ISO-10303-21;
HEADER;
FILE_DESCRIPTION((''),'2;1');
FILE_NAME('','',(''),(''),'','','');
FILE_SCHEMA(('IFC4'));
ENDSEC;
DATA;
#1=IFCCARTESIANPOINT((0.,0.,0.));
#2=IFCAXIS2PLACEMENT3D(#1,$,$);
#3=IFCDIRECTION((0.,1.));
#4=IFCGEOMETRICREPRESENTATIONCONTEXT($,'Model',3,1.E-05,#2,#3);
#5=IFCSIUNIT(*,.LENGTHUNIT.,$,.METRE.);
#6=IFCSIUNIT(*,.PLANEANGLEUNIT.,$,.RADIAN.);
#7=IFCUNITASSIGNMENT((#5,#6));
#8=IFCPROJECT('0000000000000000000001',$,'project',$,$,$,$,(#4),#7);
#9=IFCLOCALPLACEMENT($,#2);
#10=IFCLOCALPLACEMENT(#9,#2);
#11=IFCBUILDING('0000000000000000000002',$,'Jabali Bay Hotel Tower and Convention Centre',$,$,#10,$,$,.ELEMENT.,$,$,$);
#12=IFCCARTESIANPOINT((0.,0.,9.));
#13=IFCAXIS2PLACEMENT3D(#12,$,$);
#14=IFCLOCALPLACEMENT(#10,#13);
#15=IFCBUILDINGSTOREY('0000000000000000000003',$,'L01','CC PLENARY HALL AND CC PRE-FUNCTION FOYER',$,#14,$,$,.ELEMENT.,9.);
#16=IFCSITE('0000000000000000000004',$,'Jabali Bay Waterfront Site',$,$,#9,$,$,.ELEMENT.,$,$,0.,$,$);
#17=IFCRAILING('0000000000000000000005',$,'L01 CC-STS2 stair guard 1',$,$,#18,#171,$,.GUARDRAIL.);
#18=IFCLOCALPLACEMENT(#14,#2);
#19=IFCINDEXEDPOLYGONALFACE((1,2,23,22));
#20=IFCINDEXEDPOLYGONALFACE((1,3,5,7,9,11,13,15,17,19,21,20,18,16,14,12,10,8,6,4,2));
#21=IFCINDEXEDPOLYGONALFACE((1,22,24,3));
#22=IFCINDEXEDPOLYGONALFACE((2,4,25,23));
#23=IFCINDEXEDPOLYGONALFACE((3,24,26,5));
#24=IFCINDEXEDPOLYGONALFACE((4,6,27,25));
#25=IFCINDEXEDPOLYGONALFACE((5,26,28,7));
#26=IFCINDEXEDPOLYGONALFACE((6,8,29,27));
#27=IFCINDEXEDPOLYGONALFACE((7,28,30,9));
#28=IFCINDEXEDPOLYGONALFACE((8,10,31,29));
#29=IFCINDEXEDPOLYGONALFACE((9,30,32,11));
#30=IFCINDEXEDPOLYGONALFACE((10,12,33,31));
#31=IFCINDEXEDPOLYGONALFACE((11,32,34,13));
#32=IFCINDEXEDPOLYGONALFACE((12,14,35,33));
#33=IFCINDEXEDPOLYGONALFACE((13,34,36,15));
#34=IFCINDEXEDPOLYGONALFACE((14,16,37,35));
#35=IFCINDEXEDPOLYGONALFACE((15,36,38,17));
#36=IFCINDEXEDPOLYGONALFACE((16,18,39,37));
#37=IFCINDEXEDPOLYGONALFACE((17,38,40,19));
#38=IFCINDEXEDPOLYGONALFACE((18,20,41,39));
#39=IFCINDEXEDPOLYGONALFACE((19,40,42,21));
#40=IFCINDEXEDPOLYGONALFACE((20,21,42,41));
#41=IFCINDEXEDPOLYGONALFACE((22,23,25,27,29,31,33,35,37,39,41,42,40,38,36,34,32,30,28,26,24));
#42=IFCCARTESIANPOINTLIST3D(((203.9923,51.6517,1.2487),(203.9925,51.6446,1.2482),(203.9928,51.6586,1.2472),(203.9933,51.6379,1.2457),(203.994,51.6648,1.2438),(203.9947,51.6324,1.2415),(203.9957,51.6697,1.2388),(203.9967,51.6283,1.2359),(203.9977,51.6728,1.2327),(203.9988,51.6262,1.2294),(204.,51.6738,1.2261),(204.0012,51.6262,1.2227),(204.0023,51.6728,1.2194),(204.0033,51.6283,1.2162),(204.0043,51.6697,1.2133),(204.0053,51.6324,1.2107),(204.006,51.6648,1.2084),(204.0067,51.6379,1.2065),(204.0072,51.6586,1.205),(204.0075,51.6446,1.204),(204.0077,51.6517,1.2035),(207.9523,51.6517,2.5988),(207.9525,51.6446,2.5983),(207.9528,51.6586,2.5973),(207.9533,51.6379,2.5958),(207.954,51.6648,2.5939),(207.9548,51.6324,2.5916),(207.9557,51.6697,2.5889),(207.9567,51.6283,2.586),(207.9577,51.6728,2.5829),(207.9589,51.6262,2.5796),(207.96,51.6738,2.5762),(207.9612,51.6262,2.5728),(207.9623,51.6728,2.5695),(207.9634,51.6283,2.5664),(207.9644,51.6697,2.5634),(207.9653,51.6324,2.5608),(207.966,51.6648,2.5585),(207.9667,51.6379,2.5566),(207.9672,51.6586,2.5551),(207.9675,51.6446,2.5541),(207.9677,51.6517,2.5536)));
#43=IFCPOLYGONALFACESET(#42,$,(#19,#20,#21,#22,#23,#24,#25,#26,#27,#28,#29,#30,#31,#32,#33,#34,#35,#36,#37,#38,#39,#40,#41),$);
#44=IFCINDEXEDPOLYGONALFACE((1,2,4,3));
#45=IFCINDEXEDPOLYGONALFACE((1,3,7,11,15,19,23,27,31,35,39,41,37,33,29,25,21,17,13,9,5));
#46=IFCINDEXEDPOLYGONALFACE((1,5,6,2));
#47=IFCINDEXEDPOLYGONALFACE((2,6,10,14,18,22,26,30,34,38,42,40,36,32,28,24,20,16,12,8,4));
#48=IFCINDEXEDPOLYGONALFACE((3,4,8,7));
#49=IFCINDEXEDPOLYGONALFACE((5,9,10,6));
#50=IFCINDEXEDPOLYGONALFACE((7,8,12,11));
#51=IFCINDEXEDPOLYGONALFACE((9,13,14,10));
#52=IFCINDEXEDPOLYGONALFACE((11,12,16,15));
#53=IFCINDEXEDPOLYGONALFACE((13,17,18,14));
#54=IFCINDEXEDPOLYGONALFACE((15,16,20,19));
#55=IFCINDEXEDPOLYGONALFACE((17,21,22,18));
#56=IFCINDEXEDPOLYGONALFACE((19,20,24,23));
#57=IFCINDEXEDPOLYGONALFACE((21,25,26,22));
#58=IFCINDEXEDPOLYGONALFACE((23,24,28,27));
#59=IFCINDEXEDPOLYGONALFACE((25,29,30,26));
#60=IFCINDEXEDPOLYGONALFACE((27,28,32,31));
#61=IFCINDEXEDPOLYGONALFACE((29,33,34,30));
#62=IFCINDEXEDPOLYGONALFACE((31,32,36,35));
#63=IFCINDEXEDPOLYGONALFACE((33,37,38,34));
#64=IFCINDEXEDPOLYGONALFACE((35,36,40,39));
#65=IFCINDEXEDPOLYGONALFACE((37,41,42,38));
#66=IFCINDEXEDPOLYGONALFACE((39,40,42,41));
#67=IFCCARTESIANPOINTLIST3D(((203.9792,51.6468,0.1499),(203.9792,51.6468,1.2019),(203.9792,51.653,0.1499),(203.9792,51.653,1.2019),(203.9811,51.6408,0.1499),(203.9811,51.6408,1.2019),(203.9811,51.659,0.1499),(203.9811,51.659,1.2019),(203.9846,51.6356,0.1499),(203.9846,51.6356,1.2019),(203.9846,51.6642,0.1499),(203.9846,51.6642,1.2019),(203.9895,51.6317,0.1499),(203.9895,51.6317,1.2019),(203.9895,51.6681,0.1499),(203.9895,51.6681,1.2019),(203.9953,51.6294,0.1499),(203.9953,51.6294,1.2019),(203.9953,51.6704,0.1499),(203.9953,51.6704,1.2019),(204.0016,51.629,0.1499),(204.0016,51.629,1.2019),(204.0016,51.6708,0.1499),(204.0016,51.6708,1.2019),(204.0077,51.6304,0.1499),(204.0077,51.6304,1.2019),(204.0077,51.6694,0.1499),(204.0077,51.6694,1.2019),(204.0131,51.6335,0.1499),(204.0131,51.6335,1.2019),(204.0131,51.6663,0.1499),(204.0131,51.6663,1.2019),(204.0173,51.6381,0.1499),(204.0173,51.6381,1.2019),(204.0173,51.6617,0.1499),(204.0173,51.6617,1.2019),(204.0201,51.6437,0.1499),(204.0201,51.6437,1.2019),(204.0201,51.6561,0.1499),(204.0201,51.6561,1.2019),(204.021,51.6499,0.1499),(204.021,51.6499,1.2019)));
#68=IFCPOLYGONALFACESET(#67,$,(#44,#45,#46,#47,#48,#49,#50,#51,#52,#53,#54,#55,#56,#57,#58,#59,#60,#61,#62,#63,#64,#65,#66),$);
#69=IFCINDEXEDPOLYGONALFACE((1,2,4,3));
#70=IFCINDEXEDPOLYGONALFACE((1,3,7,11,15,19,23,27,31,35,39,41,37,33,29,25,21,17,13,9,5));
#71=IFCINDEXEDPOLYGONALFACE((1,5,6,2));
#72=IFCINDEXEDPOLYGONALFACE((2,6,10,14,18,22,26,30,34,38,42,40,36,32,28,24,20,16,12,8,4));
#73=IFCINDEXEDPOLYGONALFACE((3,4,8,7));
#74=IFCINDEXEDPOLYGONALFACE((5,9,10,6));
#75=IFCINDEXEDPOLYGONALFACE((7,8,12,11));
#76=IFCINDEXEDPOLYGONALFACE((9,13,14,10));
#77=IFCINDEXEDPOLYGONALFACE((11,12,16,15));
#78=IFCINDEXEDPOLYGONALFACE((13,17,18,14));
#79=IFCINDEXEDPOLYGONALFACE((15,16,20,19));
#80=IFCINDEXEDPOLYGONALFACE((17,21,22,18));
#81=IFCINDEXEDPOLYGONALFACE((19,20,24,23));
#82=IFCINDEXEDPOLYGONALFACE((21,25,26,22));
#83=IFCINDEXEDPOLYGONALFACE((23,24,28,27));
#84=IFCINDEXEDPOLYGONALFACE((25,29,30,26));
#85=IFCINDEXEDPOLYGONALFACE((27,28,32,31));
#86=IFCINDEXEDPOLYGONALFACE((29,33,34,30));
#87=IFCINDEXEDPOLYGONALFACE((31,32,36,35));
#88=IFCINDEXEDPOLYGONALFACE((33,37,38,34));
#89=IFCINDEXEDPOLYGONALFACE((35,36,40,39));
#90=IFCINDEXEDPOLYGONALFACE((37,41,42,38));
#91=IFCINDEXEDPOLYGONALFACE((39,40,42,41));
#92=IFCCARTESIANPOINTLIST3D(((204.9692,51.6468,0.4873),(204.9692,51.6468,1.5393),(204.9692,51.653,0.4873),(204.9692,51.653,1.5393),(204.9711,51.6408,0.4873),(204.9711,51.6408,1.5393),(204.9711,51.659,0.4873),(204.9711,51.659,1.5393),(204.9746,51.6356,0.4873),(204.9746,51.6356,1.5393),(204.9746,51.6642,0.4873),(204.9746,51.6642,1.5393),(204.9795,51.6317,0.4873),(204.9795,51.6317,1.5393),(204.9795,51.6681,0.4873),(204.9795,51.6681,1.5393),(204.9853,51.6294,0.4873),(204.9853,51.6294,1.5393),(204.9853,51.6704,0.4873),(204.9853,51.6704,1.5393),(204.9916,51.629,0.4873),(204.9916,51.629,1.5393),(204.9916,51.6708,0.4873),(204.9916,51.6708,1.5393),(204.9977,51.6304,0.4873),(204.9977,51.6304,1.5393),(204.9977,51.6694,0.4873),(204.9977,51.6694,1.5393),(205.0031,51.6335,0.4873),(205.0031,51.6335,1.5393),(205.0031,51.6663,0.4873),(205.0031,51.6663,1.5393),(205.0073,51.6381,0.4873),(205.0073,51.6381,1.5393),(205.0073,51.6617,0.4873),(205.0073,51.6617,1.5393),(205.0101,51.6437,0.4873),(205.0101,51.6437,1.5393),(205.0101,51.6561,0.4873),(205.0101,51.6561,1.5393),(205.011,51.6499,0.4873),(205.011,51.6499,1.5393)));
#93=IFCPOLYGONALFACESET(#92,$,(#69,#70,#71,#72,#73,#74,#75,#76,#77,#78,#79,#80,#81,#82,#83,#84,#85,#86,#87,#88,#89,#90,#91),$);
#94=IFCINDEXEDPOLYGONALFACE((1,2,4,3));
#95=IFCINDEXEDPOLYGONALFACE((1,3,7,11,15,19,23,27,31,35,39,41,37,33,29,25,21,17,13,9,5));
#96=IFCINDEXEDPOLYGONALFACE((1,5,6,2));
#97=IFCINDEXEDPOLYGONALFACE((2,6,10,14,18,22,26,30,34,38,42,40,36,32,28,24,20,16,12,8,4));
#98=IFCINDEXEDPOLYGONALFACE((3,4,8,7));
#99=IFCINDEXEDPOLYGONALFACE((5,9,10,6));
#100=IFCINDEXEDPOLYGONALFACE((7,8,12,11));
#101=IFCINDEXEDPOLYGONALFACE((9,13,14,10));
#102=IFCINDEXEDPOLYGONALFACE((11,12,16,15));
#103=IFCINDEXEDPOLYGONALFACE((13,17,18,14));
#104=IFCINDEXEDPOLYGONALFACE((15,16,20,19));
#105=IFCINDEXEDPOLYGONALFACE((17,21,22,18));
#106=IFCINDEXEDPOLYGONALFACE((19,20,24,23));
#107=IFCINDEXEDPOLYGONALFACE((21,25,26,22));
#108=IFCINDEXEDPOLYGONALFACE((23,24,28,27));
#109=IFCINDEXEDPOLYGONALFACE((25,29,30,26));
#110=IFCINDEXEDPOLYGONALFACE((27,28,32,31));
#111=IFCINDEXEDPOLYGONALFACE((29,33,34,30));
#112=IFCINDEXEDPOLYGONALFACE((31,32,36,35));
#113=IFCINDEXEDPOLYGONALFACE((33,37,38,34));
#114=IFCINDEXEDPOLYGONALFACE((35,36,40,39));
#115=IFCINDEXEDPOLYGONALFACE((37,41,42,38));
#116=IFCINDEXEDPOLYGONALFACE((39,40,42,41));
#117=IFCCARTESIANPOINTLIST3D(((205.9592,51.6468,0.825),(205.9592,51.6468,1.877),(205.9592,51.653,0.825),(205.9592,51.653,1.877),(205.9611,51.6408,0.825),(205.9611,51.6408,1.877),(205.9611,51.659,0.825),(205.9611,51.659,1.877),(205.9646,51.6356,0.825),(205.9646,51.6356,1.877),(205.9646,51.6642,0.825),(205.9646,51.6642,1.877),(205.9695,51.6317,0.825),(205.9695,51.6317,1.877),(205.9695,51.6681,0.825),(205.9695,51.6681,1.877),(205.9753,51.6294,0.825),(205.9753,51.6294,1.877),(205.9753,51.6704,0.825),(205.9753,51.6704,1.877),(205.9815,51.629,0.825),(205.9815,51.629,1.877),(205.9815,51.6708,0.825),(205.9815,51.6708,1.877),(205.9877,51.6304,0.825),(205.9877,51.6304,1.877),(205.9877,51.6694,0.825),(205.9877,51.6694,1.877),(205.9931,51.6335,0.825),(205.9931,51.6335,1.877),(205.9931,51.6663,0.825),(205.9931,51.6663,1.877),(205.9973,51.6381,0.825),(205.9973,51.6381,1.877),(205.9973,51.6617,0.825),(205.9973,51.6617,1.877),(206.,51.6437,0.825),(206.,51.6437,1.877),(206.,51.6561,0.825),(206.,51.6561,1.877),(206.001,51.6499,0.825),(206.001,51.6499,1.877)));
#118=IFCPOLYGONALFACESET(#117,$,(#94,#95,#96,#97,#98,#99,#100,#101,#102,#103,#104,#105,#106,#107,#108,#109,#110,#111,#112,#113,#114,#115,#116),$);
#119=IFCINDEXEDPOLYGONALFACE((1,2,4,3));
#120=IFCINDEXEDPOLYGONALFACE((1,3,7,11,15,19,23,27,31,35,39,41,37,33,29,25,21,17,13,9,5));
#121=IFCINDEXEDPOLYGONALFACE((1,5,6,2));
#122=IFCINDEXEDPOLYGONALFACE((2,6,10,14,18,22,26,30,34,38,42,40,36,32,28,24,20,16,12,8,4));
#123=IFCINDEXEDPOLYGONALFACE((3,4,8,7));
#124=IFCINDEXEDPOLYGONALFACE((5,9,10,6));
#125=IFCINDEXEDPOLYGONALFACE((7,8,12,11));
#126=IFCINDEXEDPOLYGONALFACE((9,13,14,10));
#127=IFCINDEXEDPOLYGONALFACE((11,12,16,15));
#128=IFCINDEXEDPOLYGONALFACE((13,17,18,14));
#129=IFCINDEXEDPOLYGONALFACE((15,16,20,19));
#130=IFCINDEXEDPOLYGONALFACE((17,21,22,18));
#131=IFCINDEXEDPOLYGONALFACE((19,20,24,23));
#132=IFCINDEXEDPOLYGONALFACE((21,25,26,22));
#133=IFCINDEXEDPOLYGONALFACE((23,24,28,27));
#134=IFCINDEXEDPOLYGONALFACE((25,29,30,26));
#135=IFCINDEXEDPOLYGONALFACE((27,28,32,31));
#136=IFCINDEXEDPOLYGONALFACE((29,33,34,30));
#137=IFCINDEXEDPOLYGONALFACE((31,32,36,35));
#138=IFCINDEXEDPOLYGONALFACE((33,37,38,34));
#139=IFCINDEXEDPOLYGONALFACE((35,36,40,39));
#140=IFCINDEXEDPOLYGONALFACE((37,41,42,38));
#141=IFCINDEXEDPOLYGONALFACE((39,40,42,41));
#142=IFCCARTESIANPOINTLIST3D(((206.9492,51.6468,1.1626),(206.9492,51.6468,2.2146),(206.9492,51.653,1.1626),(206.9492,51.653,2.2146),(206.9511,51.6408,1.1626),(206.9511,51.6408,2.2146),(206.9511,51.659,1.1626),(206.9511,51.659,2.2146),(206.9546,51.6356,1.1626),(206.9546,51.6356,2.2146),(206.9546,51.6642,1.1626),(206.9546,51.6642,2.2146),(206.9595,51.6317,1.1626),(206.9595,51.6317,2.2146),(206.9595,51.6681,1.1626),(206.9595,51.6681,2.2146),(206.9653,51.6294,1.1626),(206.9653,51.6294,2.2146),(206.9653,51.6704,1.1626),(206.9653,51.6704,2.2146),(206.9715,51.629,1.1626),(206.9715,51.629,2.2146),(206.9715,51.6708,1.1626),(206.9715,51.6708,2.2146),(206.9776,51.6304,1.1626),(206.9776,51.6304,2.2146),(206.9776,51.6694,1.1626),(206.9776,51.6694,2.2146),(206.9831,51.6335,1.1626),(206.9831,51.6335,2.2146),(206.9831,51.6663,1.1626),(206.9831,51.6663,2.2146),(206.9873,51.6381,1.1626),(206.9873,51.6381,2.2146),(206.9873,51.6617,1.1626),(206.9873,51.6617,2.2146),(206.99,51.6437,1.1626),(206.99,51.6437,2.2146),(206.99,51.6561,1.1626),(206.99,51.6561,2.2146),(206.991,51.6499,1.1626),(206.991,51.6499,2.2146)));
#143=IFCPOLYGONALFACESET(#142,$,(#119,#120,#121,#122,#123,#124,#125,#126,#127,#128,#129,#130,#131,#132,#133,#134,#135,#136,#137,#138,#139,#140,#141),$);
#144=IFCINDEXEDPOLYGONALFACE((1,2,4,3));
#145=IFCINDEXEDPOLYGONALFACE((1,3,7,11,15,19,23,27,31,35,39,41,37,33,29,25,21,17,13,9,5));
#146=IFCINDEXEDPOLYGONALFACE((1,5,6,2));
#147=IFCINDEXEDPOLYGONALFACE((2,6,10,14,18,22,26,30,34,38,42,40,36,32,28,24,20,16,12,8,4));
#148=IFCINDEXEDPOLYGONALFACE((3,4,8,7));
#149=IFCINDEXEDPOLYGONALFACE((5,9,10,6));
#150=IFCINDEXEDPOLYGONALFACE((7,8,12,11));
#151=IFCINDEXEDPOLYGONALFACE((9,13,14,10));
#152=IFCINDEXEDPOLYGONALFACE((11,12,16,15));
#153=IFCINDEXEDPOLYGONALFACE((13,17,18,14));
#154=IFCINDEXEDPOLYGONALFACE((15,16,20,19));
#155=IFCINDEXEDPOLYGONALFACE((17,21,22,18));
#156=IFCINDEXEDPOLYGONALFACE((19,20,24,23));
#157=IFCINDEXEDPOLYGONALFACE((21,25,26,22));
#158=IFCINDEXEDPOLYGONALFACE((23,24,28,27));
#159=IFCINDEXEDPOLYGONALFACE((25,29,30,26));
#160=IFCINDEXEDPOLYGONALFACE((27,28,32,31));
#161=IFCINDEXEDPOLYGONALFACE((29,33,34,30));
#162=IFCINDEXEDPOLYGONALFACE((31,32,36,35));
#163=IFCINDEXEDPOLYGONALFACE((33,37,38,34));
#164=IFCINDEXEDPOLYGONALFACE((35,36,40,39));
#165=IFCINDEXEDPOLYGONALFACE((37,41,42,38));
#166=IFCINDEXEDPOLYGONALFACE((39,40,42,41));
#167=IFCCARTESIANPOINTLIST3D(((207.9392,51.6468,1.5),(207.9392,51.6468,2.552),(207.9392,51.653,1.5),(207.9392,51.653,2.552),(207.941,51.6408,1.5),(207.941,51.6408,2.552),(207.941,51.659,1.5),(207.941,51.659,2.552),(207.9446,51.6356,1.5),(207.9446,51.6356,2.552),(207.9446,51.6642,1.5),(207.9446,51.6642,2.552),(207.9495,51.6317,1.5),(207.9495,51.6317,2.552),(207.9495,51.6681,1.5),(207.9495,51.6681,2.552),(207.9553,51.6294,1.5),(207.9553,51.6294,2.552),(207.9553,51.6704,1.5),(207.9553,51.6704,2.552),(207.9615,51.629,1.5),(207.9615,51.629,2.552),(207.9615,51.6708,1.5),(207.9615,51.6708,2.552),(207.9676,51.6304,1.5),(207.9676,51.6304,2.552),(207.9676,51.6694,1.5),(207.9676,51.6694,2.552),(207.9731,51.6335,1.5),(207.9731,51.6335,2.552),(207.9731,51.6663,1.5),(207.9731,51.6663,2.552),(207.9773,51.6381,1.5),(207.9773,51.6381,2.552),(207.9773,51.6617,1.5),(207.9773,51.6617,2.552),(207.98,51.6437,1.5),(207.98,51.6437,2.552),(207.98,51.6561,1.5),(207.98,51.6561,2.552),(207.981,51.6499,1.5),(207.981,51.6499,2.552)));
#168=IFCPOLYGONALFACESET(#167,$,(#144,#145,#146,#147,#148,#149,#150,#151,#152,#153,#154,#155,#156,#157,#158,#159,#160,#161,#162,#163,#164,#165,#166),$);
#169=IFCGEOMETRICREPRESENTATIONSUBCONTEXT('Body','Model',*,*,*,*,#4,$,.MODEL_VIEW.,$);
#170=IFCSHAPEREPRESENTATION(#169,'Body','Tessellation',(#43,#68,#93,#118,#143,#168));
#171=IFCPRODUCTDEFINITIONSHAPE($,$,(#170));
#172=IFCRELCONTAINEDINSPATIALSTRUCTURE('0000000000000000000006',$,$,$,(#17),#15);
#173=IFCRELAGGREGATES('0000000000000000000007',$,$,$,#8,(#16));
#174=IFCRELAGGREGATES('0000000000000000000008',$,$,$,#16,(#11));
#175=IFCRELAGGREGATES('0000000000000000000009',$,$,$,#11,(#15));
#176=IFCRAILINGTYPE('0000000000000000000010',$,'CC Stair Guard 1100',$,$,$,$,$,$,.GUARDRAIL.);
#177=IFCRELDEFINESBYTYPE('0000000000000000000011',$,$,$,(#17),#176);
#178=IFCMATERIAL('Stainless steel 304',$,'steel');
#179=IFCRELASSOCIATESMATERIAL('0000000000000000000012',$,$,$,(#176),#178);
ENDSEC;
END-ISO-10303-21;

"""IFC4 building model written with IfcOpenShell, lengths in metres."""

from ifc_helpers import new_model, si_unit, direction, frame, origin, origin_2d, place, context, subcontext, project, spatial, circle, extrude, material, type_object, element, save


model = new_model("IFC4")

# Units and contexts
model_context = context("Model", 3, precision=1e-05, world=origin(), true_north=direction((0.0, 1.0)))
body_context = subcontext(model_context, "Body", "Model", "MODEL_VIEW")
ifc_project = project(units=[si_unit("LENGTHUNIT", "METRE"), si_unit("PLANEANGLEUNIT", "RADIAN")], contexts=[model_context])

# Site, building, storey
site_placement = place(None, origin())
site = spatial("IfcSite", under=ifc_project, at=site_placement, Name="Jabali Bay Waterfront Site", CompositionType="ELEMENT", RefElevation=0.0)
building_placement = place(site_placement, origin())
building = spatial("IfcBuilding", under=site, at=building_placement, Name="Jabali Bay Hotel Tower and Convention Centre", CompositionType="ELEMENT")
storey_placement = place(building_placement, frame((0.0, 0.0, 9.0)))
storey = spatial("IfcBuildingStorey", under=building, at=storey_placement, Name="L01", Description="CC PLENARY HALL AND CC PRE-FUNCTION FOYER", CompositionType="ELEMENT", Elevation=9.0)

# Railing
ifc_material_1 = material(Name="Stainless steel 304", Category="steel")
railing_type_1 = type_object("IfcRailingType", Name="CC Stair Guard 1100", PredefinedType="GUARDRAIL", material=ifc_material_1)
railing_1_placement = place(storey_placement, frame((204.0, 51.6499, 0.1499)))
element("IfcRailing", 1, at=railing_1_placement, inside=storey, type_object=railing_type_1, Name="L01 CC-STS2 stair guard 1", PredefinedType="GUARDRAIL", context=body_context, shape_type="SweptSolid", body=[
    extrude(circle(Radius=0.0239, at=origin_2d()), frame((0.0, 0.0, 1.0762), z_axis=(0.946502, 0.0, 0.322698), x_axis=(0.0, 1.0, 0.0)), (0.0, 0.0, 1.0), 4.1838),
    extrude(circle(Radius=0.021, at=origin_2d()), origin(), (0.0, 0.0, 1.0), 1.052),
    extrude(circle(Radius=0.021, at=origin_2d()), frame((0.99, 0.0, 0.3374)), (0.0, 0.0, 1.0), 1.052),
    extrude(circle(Radius=0.021, at=origin_2d()), frame((1.98, 0.0, 0.675)), (0.0, 0.0, 1.0), 1.052),
    extrude(circle(Radius=0.021, at=origin_2d()), frame((2.97, 0.0, 1.0127)), (0.0, 0.0, 1.0), 1.052),
    extrude(circle(Radius=0.021, at=origin_2d()), frame((3.96, 0.0, 1.3501)), (0.0, 0.0, 1.0), 1.052),
])

save(model, "model.ifc")
